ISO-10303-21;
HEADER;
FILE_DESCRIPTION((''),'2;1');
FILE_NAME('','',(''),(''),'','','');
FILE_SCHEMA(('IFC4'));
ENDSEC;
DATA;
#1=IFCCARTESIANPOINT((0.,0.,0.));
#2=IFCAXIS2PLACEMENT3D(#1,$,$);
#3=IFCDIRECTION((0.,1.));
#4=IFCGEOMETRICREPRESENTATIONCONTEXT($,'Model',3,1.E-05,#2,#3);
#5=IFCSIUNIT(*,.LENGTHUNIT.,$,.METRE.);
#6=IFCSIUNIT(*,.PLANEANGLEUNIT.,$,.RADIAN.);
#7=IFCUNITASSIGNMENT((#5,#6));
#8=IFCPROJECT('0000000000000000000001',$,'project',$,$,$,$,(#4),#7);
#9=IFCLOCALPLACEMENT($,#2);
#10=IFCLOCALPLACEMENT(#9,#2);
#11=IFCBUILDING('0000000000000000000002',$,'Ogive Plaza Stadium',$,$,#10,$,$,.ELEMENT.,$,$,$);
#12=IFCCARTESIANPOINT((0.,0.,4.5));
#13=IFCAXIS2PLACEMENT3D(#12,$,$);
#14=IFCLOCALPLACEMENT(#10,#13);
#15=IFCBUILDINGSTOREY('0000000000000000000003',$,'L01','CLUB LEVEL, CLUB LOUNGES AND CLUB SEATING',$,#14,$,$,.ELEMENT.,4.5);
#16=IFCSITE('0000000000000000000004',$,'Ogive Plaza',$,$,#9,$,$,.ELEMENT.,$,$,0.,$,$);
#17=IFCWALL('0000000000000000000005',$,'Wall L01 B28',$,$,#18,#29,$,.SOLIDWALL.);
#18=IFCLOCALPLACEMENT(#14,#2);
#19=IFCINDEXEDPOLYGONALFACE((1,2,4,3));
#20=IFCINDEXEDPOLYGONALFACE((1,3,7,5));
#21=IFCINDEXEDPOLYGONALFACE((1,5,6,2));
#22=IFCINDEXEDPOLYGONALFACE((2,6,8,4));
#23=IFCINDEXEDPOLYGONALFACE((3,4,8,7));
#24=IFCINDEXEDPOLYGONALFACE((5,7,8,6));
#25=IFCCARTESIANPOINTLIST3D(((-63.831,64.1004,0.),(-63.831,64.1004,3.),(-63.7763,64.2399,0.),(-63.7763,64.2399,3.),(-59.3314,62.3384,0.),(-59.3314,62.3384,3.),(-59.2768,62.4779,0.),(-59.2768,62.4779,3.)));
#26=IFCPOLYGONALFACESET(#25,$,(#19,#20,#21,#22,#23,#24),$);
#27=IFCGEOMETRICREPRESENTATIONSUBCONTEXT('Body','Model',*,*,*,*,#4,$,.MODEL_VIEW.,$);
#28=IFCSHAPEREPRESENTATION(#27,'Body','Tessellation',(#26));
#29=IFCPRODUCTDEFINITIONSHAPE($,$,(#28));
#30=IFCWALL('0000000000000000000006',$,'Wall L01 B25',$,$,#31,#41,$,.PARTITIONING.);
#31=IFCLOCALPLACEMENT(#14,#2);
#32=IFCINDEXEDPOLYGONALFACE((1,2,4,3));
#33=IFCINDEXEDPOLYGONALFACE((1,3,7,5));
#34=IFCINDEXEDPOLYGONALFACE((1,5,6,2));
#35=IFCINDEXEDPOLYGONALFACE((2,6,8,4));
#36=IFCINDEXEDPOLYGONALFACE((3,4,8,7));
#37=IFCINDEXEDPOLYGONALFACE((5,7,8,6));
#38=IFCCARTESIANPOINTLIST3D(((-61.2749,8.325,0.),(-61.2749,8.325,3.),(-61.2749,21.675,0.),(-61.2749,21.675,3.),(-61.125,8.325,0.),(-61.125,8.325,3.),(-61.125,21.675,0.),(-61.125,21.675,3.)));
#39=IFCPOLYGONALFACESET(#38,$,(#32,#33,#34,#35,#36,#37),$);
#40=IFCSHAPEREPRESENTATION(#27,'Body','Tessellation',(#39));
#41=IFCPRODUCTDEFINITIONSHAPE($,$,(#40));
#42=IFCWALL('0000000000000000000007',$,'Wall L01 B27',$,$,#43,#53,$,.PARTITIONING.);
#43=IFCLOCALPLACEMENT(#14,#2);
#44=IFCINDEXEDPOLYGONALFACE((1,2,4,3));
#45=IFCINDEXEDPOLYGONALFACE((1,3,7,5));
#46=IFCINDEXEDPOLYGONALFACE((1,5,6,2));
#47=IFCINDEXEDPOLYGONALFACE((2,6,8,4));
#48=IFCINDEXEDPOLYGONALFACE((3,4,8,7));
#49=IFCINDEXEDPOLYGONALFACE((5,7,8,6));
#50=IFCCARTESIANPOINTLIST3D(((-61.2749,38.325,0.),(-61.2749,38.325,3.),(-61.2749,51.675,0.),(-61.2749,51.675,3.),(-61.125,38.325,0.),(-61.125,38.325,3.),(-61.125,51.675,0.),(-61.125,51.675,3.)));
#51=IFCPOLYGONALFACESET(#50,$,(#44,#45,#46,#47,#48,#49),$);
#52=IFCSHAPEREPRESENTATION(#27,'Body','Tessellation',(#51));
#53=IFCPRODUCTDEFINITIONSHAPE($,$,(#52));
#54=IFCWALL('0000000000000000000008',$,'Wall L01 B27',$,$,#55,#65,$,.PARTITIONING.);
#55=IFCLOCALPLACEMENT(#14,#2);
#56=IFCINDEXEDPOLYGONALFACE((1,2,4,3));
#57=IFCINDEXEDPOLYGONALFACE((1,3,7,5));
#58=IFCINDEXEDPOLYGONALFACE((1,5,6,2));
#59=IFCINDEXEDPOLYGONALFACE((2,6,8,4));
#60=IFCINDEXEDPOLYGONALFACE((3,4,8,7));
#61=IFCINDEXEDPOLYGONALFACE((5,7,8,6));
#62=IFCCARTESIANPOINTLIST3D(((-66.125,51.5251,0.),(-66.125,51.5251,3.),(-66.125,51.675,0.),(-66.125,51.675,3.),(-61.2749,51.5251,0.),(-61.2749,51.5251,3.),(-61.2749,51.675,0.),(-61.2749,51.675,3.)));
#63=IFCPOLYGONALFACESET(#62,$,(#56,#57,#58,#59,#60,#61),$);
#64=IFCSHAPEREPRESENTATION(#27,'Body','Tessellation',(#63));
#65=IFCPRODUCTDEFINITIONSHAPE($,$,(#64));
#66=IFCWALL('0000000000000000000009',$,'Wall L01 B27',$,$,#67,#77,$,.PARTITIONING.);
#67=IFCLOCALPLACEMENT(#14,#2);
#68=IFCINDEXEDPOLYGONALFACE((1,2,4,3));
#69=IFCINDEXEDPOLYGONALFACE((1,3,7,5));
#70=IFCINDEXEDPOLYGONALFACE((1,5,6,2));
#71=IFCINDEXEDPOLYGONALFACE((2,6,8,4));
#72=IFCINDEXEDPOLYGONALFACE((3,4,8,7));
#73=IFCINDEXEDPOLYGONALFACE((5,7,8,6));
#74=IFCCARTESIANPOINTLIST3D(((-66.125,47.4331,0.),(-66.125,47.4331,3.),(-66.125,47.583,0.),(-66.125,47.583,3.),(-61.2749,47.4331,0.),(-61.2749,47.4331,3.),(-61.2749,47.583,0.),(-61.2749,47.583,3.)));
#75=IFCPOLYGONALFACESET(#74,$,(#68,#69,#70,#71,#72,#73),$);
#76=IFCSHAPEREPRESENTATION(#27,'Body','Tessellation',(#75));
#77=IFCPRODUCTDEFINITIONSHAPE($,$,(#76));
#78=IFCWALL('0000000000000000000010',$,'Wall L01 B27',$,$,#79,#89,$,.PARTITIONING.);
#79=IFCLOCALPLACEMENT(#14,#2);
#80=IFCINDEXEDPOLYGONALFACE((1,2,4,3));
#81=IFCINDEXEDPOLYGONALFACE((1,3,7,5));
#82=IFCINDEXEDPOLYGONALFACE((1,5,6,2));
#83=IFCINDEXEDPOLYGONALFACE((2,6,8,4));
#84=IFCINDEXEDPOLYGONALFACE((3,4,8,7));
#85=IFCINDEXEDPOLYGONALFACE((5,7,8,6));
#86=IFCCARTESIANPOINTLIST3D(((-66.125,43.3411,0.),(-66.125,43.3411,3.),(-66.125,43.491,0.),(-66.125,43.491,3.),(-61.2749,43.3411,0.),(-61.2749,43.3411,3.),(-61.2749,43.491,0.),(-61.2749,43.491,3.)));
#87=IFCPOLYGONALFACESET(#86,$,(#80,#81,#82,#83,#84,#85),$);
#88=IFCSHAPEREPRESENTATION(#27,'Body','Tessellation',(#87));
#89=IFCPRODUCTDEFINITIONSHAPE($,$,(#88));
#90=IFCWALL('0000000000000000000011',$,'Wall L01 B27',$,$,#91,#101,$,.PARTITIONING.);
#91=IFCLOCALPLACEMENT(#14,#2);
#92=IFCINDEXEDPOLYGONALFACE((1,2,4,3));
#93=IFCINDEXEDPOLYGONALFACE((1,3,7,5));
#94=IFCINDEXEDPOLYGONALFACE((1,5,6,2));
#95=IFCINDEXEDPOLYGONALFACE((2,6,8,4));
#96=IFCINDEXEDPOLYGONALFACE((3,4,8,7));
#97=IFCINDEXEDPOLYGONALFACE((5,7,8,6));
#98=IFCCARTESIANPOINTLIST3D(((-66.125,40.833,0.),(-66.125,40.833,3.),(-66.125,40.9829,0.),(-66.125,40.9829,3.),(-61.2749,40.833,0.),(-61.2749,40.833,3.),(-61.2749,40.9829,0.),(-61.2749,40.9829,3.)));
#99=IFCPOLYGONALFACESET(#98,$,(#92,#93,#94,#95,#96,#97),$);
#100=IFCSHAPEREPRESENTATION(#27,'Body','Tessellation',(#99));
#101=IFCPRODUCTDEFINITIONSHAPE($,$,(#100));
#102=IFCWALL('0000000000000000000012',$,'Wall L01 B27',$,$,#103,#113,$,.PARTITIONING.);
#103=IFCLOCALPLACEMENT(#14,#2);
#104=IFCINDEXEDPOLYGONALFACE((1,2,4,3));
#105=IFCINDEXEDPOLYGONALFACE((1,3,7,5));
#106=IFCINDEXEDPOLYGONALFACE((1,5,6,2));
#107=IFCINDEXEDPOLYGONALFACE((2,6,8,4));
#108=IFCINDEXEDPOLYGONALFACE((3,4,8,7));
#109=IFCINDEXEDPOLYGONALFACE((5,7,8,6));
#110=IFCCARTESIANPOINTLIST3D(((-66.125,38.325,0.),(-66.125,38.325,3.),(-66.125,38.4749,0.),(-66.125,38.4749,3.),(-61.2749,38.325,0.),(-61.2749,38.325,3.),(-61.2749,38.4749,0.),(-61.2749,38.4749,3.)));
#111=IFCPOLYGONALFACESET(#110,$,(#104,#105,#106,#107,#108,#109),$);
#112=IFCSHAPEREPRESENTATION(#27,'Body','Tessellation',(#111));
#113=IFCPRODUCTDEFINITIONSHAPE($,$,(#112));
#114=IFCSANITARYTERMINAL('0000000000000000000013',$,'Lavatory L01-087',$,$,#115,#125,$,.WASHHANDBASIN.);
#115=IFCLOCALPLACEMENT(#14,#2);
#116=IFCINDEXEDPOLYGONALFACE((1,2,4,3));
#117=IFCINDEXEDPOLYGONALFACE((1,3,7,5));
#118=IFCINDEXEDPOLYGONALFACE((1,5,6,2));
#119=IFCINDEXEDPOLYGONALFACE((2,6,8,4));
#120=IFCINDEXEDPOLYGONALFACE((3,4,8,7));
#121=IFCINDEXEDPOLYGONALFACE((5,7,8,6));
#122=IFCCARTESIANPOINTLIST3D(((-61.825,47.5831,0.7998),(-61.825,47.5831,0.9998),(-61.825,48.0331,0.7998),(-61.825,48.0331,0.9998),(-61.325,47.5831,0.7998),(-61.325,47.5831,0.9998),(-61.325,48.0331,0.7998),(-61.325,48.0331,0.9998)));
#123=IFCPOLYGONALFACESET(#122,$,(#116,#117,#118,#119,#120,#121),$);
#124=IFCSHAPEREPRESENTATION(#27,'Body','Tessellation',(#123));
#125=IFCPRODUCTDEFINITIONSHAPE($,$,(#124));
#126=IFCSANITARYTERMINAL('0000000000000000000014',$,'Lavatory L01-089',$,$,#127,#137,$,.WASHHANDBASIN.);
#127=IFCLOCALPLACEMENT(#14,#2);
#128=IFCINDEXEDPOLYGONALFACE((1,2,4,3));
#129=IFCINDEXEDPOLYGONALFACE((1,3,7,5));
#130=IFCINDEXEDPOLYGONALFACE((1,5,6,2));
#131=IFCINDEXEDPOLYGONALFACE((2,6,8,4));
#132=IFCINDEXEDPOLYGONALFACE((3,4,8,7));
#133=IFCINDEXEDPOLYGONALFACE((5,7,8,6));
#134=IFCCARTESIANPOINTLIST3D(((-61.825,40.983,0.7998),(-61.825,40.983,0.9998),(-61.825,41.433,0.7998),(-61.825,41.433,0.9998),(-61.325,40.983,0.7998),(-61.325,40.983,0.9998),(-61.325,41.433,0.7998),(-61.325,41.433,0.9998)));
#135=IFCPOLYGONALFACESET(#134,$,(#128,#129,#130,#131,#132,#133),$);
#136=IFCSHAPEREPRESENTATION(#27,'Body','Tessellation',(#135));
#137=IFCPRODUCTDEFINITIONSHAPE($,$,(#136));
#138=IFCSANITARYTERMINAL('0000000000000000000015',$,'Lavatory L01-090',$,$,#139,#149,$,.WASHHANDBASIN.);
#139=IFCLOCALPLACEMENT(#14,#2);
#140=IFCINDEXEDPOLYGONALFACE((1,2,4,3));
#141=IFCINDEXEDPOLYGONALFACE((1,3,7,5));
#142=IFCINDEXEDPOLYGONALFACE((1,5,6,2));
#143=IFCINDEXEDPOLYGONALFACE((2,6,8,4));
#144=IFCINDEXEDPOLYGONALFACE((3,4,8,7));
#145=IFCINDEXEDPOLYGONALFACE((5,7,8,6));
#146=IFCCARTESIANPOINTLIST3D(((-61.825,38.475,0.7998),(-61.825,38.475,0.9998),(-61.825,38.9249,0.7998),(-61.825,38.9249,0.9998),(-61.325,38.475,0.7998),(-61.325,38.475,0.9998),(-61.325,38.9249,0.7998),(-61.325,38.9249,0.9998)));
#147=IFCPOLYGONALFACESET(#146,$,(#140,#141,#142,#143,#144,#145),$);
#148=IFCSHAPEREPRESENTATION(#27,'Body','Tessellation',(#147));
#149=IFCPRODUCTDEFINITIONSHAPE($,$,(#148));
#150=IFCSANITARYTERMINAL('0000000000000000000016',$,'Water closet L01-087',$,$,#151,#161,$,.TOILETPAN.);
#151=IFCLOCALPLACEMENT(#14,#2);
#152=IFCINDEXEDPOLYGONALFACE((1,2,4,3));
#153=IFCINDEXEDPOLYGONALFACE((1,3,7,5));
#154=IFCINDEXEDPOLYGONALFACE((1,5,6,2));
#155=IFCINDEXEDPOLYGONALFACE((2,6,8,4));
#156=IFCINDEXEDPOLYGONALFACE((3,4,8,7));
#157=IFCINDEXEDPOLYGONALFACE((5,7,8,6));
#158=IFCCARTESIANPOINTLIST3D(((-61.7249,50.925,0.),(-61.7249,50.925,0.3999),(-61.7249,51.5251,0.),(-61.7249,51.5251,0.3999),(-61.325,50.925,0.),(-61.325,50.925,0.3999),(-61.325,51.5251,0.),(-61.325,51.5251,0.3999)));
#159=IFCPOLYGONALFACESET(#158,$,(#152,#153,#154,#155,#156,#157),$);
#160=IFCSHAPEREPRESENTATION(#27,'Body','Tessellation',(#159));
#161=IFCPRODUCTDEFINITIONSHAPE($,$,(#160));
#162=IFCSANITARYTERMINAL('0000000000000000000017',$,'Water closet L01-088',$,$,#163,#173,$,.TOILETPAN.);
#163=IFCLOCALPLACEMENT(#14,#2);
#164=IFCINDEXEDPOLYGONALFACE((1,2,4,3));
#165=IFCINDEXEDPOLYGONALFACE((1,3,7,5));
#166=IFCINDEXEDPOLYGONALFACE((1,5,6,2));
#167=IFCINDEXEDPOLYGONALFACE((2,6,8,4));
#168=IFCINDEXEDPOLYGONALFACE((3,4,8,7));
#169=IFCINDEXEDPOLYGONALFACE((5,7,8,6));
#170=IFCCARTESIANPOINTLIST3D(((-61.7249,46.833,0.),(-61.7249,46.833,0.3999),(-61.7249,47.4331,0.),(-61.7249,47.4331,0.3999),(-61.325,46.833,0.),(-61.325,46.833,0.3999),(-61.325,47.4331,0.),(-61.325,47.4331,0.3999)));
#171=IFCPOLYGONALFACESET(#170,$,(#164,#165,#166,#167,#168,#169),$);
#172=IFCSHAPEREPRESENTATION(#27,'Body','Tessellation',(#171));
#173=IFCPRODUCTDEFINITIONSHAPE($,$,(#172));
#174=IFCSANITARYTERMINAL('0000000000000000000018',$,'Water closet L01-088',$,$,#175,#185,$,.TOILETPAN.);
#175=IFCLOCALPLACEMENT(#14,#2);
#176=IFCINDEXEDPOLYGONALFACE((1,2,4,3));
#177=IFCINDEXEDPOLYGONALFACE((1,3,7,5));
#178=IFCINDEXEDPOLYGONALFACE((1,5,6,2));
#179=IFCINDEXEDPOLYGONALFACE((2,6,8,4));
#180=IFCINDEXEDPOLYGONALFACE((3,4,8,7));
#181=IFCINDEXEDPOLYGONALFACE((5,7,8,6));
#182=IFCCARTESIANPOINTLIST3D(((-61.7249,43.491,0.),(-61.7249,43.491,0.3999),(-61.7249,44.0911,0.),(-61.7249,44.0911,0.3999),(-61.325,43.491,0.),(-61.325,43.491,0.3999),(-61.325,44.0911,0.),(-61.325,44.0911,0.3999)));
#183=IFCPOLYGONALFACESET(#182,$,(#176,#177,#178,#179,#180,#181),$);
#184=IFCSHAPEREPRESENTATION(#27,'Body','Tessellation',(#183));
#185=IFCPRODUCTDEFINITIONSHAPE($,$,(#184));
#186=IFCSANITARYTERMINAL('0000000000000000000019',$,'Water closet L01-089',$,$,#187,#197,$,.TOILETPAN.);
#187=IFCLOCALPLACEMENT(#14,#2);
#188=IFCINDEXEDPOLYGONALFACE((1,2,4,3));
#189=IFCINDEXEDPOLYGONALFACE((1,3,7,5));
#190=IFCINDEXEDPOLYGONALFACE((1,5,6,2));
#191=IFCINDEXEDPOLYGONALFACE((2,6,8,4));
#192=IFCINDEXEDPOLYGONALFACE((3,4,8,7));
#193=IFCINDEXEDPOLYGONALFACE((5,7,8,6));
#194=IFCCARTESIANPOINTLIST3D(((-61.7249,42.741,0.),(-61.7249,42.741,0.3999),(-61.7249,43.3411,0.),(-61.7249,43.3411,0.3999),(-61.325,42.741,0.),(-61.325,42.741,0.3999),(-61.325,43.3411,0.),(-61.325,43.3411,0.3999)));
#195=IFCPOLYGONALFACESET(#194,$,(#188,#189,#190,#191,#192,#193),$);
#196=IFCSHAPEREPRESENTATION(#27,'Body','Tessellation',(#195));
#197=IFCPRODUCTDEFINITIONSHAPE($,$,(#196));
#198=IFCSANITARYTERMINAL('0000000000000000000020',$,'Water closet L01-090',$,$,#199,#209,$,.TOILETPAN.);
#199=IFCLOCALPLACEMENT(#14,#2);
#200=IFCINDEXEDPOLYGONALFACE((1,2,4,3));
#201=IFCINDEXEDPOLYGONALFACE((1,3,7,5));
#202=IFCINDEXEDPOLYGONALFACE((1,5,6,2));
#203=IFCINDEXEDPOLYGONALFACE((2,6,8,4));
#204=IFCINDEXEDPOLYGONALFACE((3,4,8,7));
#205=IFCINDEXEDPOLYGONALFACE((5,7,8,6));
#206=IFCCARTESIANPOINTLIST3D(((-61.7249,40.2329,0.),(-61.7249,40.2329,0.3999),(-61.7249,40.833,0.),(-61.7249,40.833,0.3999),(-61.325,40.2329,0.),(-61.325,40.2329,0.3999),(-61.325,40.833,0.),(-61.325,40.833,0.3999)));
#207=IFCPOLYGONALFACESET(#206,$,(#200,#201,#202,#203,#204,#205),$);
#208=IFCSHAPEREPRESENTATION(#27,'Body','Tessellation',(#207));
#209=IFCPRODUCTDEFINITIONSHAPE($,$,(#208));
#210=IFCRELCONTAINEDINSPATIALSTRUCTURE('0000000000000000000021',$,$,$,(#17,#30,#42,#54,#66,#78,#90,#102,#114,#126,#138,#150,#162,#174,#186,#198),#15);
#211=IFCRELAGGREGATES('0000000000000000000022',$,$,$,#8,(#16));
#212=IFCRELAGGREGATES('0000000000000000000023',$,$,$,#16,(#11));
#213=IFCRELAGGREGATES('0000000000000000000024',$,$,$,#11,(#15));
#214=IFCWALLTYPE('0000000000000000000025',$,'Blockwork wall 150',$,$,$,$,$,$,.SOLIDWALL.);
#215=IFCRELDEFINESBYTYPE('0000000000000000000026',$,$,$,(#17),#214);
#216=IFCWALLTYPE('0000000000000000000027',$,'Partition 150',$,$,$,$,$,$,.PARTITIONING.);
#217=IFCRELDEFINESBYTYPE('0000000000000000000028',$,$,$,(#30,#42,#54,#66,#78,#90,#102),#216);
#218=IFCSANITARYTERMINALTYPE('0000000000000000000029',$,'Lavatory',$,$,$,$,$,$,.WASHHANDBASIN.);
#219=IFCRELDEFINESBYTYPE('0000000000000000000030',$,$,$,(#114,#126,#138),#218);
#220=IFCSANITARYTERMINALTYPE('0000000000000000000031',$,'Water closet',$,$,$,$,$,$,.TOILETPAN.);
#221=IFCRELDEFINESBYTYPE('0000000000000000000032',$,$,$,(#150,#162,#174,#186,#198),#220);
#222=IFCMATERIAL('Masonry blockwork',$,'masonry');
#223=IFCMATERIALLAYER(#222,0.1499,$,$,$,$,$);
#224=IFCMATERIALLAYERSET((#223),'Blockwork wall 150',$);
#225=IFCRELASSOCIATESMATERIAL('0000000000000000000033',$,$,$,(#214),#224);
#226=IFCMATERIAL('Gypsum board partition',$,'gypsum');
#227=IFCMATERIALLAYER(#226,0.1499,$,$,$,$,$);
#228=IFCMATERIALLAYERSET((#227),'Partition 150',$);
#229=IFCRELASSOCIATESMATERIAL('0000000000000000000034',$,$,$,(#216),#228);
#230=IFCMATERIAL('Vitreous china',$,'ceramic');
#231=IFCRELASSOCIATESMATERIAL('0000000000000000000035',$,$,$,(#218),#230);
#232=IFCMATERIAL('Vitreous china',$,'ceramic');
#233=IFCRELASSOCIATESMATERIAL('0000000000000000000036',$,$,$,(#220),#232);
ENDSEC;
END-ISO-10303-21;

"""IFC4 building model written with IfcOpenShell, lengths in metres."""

from ifc_helpers import new_model, si_unit, direction, frame, frame_2d, origin, origin_2d, place, context, subcontext, project, spatial, rectangle, extrude, material, layer, layer_set, type_object, element, save


model = new_model("IFC4")

# Units and contexts
model_context = context("Model", 3, precision=1e-05, world=origin(), true_north=direction((0.0, 1.0)))
body_context = subcontext(model_context, "Body", "Model", "MODEL_VIEW")
ifc_project = project(units=[si_unit("LENGTHUNIT", "METRE"), si_unit("PLANEANGLEUNIT", "RADIAN")], contexts=[model_context])

# Site, building, storey
site_placement = place(None, origin())
site = spatial("IfcSite", under=ifc_project, at=site_placement, Name="Ogive Plaza", CompositionType="ELEMENT", RefElevation=0.0)
building_placement = place(site_placement, origin())
building = spatial("IfcBuilding", under=site, at=building_placement, Name="Ogive Plaza Stadium", CompositionType="ELEMENT")
storey_placement = place(building_placement, frame((0.0, 0.0, 4.5)))
storey = spatial("IfcBuildingStorey", under=building, at=storey_placement, Name="L01", Description="CLUB LEVEL, CLUB LOUNGES AND CLUB SEATING", CompositionType="ELEMENT", Elevation=4.5)

# Walls
ifc_material_1 = material(Name="Masonry blockwork", Category="masonry")
ifc_layer_1 = layer(ifc_material_1, 0.1499)
ifc_layer_set_1 = layer_set([ifc_layer_1], Name="Blockwork wall 150")
wall_type_1 = type_object("IfcWallType", Name="Blockwork wall 150", PredefinedType="SOLIDWALL", material=ifc_layer_set_1)
wall_1_placement = place(storey_placement, frame((-59.3042, 62.4082, 0.0), z_axis=(0.0, 0.0, 1.0), x_axis=(-0.931153, 0.36463, 0.0)))
element("IfcWall", 1, at=wall_1_placement, inside=storey, type_object=wall_type_1, Name="Wall L01 B28", PredefinedType="SOLIDWALL", context=body_context, shape_type="SweptSolid", body=[
    extrude(rectangle(XDim=4.8323, YDim=0.1499, at=frame_2d((2.416, 0.0))), origin(), (0.0, 0.0, 1.0), 3.0),
])
ifc_material_2 = material(Name="Gypsum board partition", Category="gypsum")
ifc_layer_2 = layer(ifc_material_2, 0.1499)
ifc_layer_set_2 = layer_set([ifc_layer_2], Name="Partition 150")
wall_type_2 = type_object("IfcWallType", Name="Partition 150", PredefinedType="PARTITIONING", material=ifc_layer_set_2)
for number, where, z_axis, x_axis, name in (
    (2, (-61.2, 21.675, 0.0), (0.0, 0.0, 1.0), (0.0, -1.0, 0.0), "Wall L01 B25"),
    (3, (-61.2, 51.675, 0.0), (0.0, 0.0, 1.0), (0.0, -1.0, 0.0), "Wall L01 B27"),
):
    element("IfcWall", number, at=place(storey_placement, frame(where, z_axis=z_axis, x_axis=x_axis)), inside=storey, type_object=wall_type_2, Name=name, PredefinedType="PARTITIONING", context=body_context, shape_type="SweptSolid", body=[
        extrude(rectangle(XDim=13.3501, YDim=0.1499, at=frame_2d((6.675, 0.0))), origin(), (0.0, 0.0, 1.0), 3.0),
    ])
for number, where, z_axis, x_axis, name in (
    (4, (-61.2749, 51.6001, 0.0), (0.0, 0.0, 1.0), (-1.0, 0.0, 0.0), "Wall L01 B27"),
    (5, (-61.2749, 47.5081, 0.0), (0.0, 0.0, 1.0), (-1.0, 0.0, 0.0), "Wall L01 B27"),
    (6, (-61.2749, 43.416, 0.0), (0.0, 0.0, 1.0), (-1.0, 0.0, 0.0), "Wall L01 B27"),
    (7, (-61.2749, 40.908, 0.0), (0.0, 0.0, 1.0), (-1.0, 0.0, 0.0), "Wall L01 B27"),
    (8, (-61.2749, 38.3999, 0.0), (0.0, 0.0, 1.0), (-1.0, 0.0, 0.0), "Wall L01 B27"),
):
    element("IfcWall", number, at=place(storey_placement, frame(where, z_axis=z_axis, x_axis=x_axis)), inside=storey, type_object=wall_type_2, Name=name, PredefinedType="PARTITIONING", context=body_context, shape_type="SweptSolid", body=[
        extrude(rectangle(XDim=4.8501, YDim=0.1499, at=frame_2d((2.425, 0.0))), origin(), (0.0, 0.0, 1.0), 3.0),
    ])

# Sanitary terminals
ifc_material_3 = material(Name="Vitreous china", Category="ceramic")
sanitary_terminal_type_1 = type_object("IfcSanitaryTerminalType", Name="Lavatory", PredefinedType="WASHHANDBASIN", material=ifc_material_3)
for number, where, z_axis, x_axis, name in (
    (9, (-61.575, 47.8081, 0.7998), (0.0, 0.0, 1.0), (-1.0, 0.0, 0.0), "Lavatory L01-087"),
    (10, (-61.575, 41.208, 0.7998), (0.0, 0.0, 1.0), (-1.0, 0.0, 0.0), "Lavatory L01-089"),
    (11, (-61.575, 38.7, 0.7998), (0.0, 0.0, 1.0), (-1.0, 0.0, 0.0), "Lavatory L01-090"),
):
    element("IfcSanitaryTerminal", number, at=place(storey_placement, frame(where, z_axis=z_axis, x_axis=x_axis)), inside=storey, type_object=sanitary_terminal_type_1, Name=name, PredefinedType="WASHHANDBASIN", context=body_context, shape_type="SweptSolid", body=[
        extrude(rectangle(XDim=0.5, YDim=0.45, at=origin_2d()), origin(), (0.0, 0.0, 1.0), 0.2),
    ])
ifc_material_4 = material(Name="Vitreous china", Category="ceramic")
sanitary_terminal_type_2 = type_object("IfcSanitaryTerminalType", Name="Water closet", PredefinedType="TOILETPAN", material=ifc_material_4)
for number, where, z_axis, x_axis, name in (
    (12, (-61.5249, 51.2251, 0.0), (0.0, 0.0, 1.0), (-1.0, 0.0, 0.0), "Water closet L01-087"),
    (13, (-61.5249, 47.1331, 0.0), (0.0, 0.0, 1.0), (-1.0, 0.0, 0.0), "Water closet L01-088"),
    (14, (-61.5249, 43.791, 0.0), (0.0, 0.0, 1.0), (-1.0, 0.0, 0.0), "Water closet L01-088"),
    (15, (-61.5249, 43.041, 0.0), (0.0, 0.0, 1.0), (-1.0, 0.0, 0.0), "Water closet L01-089"),
    (16, (-61.5249, 40.533, 0.0), (0.0, 0.0, 1.0), (-1.0, 0.0, 0.0), "Water closet L01-090"),
):
    element("IfcSanitaryTerminal", number, at=place(storey_placement, frame(where, z_axis=z_axis, x_axis=x_axis)), inside=storey, type_object=sanitary_terminal_type_2, Name=name, PredefinedType="TOILETPAN", context=body_context, shape_type="SweptSolid", body=[
        extrude(rectangle(XDim=0.3999, YDim=0.6001, at=origin_2d()), origin(), (0.0, 0.0, 1.0), 0.3999),
    ])

save(model, "model.ifc")
